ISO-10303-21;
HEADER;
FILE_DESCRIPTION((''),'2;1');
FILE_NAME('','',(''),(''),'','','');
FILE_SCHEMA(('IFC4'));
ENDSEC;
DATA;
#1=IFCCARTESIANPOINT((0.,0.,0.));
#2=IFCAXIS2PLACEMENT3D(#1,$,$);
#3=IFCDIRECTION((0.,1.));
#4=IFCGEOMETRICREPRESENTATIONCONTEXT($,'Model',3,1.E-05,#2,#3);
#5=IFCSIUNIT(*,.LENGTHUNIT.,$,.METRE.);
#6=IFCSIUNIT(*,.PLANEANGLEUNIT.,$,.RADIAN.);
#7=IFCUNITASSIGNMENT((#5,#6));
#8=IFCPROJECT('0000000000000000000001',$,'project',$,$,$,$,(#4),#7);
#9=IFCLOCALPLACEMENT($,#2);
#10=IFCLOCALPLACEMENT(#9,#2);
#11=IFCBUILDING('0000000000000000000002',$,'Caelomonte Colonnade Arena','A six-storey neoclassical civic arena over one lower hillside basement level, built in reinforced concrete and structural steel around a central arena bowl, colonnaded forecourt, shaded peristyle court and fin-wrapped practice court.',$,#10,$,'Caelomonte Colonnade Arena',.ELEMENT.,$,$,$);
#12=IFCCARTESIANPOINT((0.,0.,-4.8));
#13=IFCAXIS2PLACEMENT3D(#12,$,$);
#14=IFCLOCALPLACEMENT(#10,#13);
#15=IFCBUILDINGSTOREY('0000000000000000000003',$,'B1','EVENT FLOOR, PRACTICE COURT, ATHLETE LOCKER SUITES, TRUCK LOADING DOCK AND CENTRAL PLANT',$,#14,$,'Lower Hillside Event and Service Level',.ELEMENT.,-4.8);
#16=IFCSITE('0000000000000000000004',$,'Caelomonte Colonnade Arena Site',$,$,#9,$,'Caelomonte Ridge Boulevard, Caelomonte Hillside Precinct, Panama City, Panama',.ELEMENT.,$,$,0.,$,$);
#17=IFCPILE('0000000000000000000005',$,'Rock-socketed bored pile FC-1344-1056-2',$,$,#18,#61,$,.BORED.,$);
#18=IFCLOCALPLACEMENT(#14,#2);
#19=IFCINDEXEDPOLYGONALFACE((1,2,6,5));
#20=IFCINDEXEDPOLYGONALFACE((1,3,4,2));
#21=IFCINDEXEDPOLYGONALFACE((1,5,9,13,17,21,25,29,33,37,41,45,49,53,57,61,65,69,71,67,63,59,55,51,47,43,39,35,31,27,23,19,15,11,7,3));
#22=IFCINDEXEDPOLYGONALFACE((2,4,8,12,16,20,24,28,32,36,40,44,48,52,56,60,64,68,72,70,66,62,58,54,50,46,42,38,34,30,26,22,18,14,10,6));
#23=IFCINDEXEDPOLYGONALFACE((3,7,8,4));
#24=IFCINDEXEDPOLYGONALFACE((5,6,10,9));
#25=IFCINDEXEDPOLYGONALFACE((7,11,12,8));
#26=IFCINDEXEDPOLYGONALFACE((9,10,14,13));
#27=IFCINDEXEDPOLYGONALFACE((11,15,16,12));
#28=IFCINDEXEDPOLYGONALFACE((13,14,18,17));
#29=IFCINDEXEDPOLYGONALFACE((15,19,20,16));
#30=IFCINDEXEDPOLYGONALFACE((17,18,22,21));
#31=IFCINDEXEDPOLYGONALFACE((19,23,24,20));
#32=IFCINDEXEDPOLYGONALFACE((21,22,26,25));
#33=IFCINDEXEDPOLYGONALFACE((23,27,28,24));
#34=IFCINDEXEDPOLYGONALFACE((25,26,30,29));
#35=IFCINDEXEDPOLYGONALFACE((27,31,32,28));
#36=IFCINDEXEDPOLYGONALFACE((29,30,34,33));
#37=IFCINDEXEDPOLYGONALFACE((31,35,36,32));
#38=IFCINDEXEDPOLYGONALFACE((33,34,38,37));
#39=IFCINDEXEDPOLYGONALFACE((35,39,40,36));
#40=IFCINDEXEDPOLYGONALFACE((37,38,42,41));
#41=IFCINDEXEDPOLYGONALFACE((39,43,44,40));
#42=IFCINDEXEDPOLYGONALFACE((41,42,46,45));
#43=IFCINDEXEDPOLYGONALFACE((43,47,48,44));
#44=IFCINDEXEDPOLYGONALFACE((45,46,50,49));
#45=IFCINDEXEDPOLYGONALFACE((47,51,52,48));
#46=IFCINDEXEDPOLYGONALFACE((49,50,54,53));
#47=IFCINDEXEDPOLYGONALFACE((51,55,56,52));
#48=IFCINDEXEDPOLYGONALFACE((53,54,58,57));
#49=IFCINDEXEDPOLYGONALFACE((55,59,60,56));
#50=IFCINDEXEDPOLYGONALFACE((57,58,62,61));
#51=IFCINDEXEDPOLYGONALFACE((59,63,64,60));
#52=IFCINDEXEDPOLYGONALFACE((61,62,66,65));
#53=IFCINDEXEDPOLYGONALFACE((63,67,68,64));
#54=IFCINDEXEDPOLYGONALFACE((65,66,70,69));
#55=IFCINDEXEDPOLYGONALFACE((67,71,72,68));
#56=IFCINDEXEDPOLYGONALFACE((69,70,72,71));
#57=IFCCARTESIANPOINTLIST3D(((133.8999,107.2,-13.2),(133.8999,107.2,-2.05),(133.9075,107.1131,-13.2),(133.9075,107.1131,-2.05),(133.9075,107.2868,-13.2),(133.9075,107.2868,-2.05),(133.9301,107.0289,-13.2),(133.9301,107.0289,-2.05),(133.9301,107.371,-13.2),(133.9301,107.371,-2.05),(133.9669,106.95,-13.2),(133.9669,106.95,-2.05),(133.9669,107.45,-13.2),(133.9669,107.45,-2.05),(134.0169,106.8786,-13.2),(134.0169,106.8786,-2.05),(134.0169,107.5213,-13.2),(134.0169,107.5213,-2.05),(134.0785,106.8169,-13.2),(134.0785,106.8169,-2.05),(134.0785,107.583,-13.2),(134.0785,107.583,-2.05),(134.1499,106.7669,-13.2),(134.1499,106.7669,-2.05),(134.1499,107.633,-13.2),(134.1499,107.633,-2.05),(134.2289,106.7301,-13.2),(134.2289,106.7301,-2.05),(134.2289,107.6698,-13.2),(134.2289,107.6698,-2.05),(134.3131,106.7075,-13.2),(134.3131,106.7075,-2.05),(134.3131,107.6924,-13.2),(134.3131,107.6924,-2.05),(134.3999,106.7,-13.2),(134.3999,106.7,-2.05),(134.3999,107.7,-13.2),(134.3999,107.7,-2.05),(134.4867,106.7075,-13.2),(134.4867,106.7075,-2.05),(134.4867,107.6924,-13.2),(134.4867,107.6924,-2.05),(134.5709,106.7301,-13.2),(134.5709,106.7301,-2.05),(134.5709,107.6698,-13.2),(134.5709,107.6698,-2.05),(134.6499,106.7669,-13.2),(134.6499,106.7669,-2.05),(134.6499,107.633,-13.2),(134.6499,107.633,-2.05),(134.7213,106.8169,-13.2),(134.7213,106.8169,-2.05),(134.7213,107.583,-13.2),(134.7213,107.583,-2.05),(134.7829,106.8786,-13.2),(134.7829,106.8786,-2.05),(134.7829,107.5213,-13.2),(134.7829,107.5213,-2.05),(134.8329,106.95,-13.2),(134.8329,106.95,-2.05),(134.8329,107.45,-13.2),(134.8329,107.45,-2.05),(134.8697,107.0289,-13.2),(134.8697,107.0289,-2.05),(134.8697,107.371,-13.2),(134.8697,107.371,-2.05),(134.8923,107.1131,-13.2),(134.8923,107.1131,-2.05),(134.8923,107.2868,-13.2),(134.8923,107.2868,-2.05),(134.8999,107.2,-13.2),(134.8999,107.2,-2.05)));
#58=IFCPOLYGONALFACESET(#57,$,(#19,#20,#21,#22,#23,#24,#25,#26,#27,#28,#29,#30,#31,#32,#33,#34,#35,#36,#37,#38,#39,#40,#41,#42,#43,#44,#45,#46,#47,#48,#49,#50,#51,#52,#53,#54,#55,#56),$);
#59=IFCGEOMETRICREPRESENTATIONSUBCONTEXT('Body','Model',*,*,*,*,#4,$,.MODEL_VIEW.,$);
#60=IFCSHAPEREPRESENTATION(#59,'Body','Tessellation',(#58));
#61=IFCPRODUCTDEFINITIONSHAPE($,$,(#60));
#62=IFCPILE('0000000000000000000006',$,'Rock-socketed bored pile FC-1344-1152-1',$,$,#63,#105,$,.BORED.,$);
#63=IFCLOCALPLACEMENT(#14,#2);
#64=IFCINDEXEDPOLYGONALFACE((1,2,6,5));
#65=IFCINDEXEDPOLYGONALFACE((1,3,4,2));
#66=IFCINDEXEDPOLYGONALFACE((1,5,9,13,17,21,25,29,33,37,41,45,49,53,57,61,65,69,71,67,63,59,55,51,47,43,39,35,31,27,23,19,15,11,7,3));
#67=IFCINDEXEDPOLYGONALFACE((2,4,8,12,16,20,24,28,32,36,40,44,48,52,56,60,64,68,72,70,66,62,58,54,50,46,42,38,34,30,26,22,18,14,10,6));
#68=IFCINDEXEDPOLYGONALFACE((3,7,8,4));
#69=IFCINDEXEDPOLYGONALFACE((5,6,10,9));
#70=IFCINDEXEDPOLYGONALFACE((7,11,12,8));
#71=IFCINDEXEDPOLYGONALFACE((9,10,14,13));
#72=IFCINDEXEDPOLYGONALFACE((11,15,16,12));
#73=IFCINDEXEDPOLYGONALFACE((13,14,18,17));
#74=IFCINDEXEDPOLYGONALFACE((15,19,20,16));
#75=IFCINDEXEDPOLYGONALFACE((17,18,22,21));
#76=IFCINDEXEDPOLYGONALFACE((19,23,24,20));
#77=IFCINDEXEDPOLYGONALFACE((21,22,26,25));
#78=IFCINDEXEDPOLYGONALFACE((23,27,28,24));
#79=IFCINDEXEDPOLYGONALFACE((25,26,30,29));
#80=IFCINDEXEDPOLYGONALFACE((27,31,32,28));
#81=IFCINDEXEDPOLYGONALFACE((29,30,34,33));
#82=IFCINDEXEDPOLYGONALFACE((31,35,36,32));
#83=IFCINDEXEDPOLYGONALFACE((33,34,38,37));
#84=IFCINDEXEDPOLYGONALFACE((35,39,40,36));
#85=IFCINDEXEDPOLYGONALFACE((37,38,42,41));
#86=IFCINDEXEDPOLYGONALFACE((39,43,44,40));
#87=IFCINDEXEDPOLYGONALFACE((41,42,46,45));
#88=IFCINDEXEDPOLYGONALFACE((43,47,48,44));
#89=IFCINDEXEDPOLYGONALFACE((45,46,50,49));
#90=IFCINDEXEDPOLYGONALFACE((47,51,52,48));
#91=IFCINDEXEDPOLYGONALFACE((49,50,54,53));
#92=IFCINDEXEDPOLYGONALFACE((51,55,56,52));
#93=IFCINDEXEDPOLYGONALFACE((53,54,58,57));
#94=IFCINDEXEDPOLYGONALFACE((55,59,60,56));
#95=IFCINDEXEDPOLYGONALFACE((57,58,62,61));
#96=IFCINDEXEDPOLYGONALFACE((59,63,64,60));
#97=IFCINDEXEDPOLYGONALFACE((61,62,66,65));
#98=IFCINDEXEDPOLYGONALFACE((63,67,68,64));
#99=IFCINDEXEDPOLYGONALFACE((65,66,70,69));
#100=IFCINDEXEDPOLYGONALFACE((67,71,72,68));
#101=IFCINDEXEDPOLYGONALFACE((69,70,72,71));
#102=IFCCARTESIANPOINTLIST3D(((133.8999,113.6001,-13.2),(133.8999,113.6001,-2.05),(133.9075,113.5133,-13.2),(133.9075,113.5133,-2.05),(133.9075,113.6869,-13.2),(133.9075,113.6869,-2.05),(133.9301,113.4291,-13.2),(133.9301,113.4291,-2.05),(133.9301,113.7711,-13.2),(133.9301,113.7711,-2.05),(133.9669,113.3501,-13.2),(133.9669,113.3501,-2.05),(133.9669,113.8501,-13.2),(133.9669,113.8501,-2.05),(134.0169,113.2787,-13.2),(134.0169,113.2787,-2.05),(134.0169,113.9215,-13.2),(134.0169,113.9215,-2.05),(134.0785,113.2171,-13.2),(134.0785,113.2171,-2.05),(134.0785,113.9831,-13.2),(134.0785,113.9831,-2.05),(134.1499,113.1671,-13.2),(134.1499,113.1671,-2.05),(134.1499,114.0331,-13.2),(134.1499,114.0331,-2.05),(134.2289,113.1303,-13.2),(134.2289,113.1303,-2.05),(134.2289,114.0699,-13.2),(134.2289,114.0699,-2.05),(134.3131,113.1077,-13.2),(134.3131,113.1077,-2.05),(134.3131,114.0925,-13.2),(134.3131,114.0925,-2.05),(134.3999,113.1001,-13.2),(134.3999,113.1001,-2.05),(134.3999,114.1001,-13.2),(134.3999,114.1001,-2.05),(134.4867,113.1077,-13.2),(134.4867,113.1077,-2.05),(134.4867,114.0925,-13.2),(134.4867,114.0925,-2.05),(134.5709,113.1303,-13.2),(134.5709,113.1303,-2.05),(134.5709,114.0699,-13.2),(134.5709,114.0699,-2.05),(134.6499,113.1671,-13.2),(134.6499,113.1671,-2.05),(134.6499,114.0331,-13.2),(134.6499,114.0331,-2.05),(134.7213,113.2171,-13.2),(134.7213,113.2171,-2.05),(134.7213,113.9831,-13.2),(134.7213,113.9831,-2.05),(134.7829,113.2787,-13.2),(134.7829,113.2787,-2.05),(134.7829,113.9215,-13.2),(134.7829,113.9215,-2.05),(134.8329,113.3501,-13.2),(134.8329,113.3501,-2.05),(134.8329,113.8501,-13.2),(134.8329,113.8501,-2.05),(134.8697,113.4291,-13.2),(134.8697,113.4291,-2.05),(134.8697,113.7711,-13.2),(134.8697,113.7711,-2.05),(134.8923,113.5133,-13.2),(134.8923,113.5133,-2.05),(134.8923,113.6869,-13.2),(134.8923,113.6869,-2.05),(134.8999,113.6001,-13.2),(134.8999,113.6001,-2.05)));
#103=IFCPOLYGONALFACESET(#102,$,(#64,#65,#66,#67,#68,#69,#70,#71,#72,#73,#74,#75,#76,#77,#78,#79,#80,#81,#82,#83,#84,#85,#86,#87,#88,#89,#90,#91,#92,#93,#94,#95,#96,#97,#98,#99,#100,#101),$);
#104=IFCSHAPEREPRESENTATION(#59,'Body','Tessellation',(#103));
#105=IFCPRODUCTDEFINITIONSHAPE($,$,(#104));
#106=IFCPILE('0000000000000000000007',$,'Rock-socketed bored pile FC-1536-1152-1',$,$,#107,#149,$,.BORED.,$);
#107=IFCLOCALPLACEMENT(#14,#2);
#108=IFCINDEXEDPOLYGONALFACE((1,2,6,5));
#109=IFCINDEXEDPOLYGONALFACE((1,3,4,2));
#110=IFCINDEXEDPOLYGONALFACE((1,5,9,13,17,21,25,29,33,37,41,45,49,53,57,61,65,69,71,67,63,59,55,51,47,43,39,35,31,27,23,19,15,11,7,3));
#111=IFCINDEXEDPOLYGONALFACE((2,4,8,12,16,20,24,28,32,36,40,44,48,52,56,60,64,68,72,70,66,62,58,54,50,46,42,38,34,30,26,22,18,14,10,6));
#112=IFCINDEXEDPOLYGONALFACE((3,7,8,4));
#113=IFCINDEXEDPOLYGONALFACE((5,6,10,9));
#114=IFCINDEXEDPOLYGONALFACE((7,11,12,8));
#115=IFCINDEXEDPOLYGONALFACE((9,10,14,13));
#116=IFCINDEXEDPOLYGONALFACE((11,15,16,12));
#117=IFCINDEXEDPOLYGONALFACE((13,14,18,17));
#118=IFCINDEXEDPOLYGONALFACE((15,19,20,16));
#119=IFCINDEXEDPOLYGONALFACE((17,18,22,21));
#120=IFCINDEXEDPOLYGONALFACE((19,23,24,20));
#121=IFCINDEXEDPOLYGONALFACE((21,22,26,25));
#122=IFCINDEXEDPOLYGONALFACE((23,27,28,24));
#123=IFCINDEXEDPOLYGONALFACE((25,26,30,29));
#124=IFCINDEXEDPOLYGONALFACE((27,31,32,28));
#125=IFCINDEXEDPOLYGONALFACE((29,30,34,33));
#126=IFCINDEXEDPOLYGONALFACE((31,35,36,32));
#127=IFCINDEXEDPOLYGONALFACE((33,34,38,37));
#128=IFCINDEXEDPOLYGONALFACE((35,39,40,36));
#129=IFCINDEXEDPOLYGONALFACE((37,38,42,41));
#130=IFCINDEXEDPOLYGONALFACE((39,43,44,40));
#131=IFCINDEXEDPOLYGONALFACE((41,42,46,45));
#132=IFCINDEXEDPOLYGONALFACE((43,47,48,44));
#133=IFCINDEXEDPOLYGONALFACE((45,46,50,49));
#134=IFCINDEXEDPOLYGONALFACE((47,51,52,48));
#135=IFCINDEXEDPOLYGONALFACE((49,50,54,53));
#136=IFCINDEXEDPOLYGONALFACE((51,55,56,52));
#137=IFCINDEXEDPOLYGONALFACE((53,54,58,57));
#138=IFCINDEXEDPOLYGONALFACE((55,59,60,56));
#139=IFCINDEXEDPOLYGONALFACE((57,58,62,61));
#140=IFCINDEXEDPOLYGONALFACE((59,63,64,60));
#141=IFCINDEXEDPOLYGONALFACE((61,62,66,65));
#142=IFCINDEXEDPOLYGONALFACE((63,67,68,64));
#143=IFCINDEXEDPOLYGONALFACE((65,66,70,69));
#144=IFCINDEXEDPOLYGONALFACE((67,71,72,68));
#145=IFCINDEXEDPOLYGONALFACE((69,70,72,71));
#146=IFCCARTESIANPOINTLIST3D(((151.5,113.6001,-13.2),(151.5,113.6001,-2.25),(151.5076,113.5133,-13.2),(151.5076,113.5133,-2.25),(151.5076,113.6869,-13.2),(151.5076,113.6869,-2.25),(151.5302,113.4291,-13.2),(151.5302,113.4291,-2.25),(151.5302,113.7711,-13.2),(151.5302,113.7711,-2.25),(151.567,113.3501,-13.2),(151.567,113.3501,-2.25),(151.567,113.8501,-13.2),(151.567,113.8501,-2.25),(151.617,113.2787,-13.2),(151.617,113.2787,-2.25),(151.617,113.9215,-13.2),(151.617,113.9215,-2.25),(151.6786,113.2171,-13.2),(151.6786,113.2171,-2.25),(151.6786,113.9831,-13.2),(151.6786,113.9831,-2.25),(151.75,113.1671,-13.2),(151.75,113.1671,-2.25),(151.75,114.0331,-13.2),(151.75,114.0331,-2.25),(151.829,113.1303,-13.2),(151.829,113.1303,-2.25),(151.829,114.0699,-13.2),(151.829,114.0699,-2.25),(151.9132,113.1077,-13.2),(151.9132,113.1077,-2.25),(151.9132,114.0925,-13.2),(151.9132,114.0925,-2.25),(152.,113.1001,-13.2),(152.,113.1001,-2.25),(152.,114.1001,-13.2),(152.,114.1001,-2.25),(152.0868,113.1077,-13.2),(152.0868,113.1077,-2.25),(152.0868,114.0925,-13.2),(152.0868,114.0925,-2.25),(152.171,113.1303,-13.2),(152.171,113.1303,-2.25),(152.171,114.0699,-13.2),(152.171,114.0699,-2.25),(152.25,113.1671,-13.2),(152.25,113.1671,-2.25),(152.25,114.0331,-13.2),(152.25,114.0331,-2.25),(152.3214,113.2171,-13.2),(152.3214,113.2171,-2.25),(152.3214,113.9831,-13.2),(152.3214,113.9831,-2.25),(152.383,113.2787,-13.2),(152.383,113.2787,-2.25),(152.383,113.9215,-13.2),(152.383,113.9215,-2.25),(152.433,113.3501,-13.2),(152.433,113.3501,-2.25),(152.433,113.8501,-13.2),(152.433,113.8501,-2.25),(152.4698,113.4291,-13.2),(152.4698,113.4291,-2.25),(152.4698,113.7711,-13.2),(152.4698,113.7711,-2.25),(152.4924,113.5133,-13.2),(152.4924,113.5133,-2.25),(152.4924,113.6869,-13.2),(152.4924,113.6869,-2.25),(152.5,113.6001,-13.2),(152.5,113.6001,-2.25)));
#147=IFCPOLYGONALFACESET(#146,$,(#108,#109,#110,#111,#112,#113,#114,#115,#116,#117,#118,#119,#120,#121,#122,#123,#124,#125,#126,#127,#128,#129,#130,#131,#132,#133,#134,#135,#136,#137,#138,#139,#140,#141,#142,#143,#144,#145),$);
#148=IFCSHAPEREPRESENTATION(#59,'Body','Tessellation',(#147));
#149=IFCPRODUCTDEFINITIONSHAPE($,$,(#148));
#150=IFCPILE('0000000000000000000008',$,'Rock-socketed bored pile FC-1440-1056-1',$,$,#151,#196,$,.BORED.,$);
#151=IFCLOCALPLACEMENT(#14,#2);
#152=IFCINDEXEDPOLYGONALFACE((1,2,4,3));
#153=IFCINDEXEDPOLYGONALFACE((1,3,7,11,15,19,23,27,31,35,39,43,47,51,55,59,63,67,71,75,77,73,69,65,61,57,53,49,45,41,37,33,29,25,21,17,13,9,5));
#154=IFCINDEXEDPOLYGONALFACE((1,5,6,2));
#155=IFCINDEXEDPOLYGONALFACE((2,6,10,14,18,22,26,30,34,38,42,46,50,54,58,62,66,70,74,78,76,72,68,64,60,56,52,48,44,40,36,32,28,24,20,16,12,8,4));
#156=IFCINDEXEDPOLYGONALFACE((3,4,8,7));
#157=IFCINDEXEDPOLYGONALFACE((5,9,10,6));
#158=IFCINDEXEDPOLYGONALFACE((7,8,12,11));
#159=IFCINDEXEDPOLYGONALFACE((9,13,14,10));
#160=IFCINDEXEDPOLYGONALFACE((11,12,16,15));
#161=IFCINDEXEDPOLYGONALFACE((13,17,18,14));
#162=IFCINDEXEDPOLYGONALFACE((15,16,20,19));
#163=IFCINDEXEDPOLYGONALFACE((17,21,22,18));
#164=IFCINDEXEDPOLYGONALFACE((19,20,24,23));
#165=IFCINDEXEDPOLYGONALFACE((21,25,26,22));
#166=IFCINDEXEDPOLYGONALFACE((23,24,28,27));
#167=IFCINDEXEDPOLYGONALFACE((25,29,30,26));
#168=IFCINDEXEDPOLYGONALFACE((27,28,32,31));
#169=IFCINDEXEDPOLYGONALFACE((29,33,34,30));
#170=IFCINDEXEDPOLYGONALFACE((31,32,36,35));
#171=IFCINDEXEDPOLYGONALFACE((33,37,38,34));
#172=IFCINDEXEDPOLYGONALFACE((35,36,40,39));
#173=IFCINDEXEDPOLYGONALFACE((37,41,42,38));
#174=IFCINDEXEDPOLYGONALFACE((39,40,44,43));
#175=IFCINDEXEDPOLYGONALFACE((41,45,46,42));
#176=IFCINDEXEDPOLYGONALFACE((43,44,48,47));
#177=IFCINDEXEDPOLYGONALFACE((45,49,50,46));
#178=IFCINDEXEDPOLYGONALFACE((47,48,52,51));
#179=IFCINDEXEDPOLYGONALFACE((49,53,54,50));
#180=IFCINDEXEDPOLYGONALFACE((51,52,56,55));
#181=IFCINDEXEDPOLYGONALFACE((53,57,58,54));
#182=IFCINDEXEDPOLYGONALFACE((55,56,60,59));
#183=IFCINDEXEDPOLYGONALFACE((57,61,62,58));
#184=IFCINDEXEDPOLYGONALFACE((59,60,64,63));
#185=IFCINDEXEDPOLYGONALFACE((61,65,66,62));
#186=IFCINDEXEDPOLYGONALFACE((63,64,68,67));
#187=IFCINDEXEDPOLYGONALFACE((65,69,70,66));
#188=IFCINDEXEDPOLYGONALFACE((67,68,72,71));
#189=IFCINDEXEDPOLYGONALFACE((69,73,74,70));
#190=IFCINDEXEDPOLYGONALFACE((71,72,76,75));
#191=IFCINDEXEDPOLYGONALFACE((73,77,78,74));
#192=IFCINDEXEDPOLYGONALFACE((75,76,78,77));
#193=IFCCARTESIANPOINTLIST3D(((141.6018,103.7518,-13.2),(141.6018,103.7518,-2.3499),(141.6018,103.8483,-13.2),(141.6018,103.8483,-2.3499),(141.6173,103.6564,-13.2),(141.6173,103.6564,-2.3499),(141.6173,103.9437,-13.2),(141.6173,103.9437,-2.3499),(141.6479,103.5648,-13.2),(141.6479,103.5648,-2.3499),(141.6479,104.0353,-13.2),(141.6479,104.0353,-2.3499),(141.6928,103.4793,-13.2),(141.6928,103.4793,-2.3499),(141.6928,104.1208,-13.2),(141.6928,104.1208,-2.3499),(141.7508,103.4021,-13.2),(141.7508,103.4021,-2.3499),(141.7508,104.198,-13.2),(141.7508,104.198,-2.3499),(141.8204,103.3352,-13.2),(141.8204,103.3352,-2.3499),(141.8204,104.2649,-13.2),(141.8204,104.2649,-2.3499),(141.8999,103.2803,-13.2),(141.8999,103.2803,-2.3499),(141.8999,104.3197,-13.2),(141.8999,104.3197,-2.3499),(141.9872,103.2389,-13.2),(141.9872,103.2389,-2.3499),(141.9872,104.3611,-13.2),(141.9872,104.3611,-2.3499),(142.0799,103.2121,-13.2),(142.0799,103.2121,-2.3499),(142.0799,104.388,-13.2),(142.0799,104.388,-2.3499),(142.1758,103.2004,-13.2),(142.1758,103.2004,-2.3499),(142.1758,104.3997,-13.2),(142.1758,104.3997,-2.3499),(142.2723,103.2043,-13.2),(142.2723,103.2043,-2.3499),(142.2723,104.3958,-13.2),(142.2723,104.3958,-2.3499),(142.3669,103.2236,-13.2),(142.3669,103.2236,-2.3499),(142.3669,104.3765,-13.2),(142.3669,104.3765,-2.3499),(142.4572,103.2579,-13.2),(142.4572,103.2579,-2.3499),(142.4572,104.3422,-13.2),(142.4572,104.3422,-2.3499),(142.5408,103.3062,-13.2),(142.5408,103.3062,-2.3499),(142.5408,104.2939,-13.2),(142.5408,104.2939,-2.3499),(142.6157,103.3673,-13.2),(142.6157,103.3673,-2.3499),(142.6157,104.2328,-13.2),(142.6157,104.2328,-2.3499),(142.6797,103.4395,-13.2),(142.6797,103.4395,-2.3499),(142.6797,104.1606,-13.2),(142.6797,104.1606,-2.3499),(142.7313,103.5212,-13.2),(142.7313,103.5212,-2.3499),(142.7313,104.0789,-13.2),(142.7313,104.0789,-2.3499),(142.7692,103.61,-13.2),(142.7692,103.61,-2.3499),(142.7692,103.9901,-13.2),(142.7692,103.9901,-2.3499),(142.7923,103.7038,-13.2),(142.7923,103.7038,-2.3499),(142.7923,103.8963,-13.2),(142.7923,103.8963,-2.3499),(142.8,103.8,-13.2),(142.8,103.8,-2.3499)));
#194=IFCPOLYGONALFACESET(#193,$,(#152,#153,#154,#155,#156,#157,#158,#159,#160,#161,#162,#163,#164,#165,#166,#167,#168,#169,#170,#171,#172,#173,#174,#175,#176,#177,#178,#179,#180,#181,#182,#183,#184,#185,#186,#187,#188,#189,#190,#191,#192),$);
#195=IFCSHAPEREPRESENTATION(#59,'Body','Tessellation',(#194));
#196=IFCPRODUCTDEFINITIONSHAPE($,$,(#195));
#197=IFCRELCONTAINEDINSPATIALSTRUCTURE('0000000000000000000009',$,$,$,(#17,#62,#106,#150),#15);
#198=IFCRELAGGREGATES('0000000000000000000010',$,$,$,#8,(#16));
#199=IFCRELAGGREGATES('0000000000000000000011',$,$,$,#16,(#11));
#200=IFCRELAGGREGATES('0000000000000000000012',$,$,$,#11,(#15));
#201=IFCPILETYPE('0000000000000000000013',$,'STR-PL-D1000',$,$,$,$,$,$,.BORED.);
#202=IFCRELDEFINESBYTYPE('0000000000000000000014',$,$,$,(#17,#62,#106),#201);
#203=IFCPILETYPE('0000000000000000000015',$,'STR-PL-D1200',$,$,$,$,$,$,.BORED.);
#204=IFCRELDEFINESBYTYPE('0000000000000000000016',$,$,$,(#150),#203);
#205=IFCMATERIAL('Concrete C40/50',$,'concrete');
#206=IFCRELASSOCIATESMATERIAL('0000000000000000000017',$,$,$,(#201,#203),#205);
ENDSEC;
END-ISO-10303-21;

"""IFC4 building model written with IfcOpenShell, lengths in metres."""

from ifc_helpers import new_model, si_unit, direction, frame, origin, origin_2d, place, context, subcontext, project, spatial, circle, extrude, material, material_profile, profile_set, type_object, element, save


model = new_model("IFC4")

# Units and contexts
model_context = context("Model", 3, precision=1e-05, world=origin(), true_north=direction((0.0, 1.0)))
body_context = subcontext(model_context, "Body", "Model", "MODEL_VIEW")
ifc_project = project(units=[si_unit("LENGTHUNIT", "METRE"), si_unit("PLANEANGLEUNIT", "RADIAN")], contexts=[model_context])

# Site, building, storey
site_placement = place(None, origin())
site = spatial("IfcSite", under=ifc_project, at=site_placement, Name="Caelomonte Colonnade Arena Site", LongName="Caelomonte Ridge Boulevard, Caelomonte Hillside Precinct, Panama City, Panama", CompositionType="ELEMENT", RefElevation=0.0)
building_placement = place(site_placement, origin())
building = spatial("IfcBuilding", under=site, at=building_placement, Name="Caelomonte Colonnade Arena", Description="A six-storey neoclassical civic arena over one lower hillside basement level, built in reinforced concrete and structural steel around a central arena bowl, colonnaded forecourt, shaded peristyle court and fin-wrapped practice court.", LongName="Caelomonte Colonnade Arena", CompositionType="ELEMENT")
storey_placement = place(building_placement, frame((0.0, 0.0, -4.8)))
storey = spatial("IfcBuildingStorey", under=building, at=storey_placement, Name="B1", Description="EVENT FLOOR, PRACTICE COURT, ATHLETE LOCKER SUITES, TRUCK LOADING DOCK AND CENTRAL PLANT", LongName="Lower Hillside Event and Service Level", CompositionType="ELEMENT", Elevation=-4.8)

# Shared definitions
ifc_material_1 = material(Name="Concrete C40/50", Category="concrete")

# Piles
ifc_material_profile_1 = material_profile(ifc_material_1, circle(Radius=0.5, at=origin_2d()), Name="PILE-D1000")
ifc_profile_set_1 = profile_set([ifc_material_profile_1], Name="Concrete C40/50")
pile_type_1 = type_object("IfcPileType", Name="STR-PL-D1000", PredefinedType="BORED", material=ifc_profile_set_1)
for number, where, z_axis, x_axis, name in (
    (1, (134.3999, 107.2, -2.05), (0.0, 0.0, -1.0), (1.0, 0.0, 0.0), "Rock-socketed bored pile FC-1344-1056-2"),
    (2, (134.3999, 113.6001, -2.05), (0.0, 0.0, -1.0), (1.0, 0.0, 0.0), "Rock-socketed bored pile FC-1344-1152-1"),
):
    element("IfcPile", number, at=place(storey_placement, frame(where, z_axis=z_axis, x_axis=x_axis)), inside=storey, type_object=pile_type_1, Name=name, PredefinedType="BORED", context=body_context, shape_type="SweptSolid", body=[
        extrude(circle(Radius=0.5, at=origin_2d()), origin(), (0.0, 0.0, 1.0), 11.1499),
    ])
pile_placement = place(storey_placement, frame((152.0, 113.6001, -2.25), z_axis=(0.0, 0.0, -1.0), x_axis=(1.0, 0.0, 0.0)))
element("IfcPile", 3, at=pile_placement, inside=storey, type_object=pile_type_1, Name="Rock-socketed bored pile FC-1536-1152-1", PredefinedType="BORED", context=body_context, shape_type="SweptSolid", body=[
    extrude(circle(Radius=0.5, at=origin_2d()), origin(), (0.0, 0.0, 1.0), 10.95),
])
ifc_material_profile_2 = material_profile(ifc_material_1, circle(Radius=0.6001, at=origin_2d()), Name="PILE-D1200")
ifc_profile_set_2 = profile_set([ifc_material_profile_2], Name="Concrete C40/50")
pile_type_2 = type_object("IfcPileType", Name="STR-PL-D1200", PredefinedType="BORED", material=ifc_profile_set_2)
for number, where, z_axis, x_axis, name in (
    (4, (142.2, 103.8, -2.3499), (0.0, 0.0, -1.0), (1.0, 0.0, 0.0), "Rock-socketed bored pile FC-1440-1056-1"),
):
    element("IfcPile", number, at=place(storey_placement, frame(where, z_axis=z_axis, x_axis=x_axis)), inside=storey, type_object=pile_type_2, Name=name, PredefinedType="BORED", context=body_context, shape_type="SweptSolid", body=[
        extrude(circle(Radius=0.6001, at=origin_2d()), origin(), (0.0, 0.0, 1.0), 10.8501),
    ])

save(model, "model.ifc")
